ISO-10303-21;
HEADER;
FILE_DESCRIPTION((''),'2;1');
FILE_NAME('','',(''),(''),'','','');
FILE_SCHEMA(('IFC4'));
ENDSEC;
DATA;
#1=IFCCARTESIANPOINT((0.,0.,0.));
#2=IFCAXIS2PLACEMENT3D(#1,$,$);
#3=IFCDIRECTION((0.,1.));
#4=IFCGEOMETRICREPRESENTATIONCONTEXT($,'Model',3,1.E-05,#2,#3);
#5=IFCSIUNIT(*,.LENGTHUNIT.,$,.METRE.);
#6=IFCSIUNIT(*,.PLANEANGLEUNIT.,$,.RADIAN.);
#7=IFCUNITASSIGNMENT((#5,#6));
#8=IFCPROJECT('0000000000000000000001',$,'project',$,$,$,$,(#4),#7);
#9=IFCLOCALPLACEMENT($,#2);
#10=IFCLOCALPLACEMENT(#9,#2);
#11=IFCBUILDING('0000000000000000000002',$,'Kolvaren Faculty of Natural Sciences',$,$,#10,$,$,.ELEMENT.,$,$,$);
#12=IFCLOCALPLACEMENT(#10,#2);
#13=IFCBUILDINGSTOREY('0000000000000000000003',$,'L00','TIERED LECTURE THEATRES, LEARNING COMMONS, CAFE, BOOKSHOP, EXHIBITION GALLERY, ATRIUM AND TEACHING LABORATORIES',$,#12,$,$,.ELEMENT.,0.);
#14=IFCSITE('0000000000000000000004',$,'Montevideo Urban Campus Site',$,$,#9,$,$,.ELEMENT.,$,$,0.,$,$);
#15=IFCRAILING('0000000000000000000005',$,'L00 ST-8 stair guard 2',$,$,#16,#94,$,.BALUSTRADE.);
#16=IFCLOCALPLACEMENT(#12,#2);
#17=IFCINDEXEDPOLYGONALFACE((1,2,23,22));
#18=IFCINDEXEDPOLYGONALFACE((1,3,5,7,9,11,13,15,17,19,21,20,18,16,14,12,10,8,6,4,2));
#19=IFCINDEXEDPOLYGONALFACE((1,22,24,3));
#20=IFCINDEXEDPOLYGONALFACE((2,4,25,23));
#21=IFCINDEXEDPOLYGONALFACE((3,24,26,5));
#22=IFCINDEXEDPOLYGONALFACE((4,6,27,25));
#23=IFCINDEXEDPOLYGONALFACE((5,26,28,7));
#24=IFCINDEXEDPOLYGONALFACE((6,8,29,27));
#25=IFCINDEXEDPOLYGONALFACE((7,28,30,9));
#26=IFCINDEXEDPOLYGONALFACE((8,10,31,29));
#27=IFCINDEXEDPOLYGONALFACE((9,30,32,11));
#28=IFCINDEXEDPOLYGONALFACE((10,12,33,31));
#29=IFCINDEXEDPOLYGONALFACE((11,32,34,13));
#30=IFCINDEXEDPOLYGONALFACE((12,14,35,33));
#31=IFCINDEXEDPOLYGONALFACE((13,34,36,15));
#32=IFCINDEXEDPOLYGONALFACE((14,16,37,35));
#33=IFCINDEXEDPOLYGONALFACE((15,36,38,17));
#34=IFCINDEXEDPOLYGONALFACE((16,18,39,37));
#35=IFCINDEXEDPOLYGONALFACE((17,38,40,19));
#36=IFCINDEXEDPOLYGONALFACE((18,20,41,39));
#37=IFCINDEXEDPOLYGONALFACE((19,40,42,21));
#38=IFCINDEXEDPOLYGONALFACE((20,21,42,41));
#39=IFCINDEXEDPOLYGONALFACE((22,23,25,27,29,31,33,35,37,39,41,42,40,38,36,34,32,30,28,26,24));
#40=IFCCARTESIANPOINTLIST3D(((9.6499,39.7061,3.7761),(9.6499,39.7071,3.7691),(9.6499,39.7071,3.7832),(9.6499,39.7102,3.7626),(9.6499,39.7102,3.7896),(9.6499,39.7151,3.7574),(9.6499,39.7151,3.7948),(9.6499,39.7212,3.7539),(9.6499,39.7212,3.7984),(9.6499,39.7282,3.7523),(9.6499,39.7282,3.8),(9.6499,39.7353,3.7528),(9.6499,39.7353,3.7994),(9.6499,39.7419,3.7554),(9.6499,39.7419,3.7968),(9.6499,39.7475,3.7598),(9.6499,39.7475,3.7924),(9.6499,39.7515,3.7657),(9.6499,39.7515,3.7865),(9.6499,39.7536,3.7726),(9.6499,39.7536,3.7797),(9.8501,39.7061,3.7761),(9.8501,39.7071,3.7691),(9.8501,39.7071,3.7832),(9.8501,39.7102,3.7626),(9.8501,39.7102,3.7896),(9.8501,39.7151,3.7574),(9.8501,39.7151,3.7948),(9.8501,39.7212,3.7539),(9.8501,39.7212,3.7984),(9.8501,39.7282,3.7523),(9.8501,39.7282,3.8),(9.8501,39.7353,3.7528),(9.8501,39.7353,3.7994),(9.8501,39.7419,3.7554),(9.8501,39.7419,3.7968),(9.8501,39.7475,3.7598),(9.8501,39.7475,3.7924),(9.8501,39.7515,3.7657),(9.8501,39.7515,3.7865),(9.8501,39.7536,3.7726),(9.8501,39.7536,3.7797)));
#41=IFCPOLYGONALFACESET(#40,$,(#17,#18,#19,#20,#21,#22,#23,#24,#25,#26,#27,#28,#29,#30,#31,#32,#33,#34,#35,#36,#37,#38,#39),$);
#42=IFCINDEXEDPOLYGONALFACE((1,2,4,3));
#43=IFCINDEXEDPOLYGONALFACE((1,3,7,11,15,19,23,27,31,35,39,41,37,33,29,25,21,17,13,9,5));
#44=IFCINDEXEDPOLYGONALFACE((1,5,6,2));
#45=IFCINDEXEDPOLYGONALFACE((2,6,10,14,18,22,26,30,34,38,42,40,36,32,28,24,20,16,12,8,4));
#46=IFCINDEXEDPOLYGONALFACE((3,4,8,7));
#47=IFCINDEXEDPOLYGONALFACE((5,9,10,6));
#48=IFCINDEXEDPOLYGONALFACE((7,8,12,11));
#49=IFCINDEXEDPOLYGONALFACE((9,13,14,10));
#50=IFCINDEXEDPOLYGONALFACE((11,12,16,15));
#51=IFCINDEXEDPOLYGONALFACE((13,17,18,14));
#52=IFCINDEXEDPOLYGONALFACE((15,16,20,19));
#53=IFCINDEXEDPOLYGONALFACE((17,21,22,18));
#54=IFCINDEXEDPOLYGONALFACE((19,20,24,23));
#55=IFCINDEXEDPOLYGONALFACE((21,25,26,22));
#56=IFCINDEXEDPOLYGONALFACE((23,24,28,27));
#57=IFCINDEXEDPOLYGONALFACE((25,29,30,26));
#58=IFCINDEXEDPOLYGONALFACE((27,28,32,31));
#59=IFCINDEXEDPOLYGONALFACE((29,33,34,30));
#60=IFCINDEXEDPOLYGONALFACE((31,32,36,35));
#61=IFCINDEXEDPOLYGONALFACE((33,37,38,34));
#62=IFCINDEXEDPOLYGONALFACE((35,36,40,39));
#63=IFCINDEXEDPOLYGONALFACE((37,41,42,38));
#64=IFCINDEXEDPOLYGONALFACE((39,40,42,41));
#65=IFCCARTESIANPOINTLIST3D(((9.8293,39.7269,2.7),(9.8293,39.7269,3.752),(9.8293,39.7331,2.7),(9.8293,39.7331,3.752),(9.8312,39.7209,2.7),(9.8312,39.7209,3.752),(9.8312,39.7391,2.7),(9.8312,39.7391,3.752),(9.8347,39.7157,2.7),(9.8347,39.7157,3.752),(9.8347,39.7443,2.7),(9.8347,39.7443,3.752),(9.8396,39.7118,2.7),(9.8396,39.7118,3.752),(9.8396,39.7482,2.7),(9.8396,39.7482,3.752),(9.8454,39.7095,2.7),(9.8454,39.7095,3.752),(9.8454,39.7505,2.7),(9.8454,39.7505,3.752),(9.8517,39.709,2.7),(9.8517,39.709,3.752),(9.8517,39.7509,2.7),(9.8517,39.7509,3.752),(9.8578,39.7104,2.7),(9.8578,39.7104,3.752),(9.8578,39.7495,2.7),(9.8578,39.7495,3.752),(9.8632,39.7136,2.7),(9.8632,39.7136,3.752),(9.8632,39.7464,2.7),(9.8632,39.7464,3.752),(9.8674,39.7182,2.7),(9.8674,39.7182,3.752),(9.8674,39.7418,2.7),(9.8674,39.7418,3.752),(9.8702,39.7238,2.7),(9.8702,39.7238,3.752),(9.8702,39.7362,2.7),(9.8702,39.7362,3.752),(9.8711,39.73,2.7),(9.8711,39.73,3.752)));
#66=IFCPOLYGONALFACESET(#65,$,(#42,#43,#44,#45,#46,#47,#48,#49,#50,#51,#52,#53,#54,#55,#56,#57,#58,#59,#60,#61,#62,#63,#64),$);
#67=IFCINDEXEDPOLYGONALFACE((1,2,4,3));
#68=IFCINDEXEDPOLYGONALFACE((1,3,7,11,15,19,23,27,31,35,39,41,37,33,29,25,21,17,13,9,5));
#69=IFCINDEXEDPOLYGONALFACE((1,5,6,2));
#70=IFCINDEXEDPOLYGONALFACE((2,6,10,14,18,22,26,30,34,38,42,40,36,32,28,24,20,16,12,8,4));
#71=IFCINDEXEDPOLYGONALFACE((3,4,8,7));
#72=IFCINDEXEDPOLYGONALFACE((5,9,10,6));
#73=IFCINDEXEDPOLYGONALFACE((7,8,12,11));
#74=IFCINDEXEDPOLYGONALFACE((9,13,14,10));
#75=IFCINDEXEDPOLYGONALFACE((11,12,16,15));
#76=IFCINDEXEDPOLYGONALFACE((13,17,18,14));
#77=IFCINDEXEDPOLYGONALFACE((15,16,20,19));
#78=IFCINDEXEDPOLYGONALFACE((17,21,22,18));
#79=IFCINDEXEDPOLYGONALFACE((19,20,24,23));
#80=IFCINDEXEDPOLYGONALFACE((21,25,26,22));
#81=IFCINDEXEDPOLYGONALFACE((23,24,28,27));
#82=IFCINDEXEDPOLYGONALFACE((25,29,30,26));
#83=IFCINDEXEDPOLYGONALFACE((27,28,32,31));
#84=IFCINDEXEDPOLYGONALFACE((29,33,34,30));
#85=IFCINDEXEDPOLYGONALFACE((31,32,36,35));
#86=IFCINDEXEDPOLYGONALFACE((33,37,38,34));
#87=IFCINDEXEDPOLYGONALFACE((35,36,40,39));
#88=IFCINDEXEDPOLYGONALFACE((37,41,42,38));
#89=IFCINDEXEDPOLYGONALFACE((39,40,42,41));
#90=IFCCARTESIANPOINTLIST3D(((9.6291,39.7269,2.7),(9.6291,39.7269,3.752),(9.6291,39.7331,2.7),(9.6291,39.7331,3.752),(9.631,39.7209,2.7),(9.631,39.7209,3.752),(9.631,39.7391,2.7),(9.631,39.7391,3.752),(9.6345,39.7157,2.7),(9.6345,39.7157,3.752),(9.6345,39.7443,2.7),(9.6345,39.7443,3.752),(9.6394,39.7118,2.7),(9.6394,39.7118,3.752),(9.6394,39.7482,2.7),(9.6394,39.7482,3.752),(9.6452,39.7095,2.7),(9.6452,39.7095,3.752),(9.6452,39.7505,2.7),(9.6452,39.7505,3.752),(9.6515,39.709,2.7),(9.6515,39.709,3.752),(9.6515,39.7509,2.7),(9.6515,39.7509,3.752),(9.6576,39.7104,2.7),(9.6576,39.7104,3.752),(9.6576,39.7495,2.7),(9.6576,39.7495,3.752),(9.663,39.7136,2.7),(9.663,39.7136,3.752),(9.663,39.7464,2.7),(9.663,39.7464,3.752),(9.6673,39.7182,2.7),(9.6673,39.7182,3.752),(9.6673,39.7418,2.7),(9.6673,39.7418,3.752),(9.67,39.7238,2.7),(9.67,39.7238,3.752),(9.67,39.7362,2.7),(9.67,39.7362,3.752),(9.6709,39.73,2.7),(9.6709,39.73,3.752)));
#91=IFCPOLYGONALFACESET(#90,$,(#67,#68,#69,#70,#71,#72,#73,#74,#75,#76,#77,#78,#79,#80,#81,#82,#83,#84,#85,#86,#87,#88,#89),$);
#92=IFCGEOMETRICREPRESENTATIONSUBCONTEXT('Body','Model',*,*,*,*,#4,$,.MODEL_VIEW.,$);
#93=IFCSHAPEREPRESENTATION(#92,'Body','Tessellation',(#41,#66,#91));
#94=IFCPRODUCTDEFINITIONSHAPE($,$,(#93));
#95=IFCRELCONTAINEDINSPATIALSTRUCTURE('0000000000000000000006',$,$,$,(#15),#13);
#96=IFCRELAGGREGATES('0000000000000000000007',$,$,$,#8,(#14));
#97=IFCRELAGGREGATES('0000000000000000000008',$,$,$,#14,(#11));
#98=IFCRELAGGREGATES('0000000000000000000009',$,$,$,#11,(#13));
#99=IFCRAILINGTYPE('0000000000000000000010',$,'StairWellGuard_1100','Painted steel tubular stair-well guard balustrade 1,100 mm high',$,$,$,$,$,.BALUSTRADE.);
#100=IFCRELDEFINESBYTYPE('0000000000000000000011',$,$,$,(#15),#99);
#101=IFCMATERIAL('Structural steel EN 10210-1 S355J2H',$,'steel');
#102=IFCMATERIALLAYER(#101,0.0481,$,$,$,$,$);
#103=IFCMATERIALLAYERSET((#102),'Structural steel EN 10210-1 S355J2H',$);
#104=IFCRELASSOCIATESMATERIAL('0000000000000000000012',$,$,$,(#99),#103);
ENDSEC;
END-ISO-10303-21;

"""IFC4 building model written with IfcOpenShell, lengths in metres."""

from ifc_helpers import new_model, si_unit, direction, frame, origin, origin_2d, place, context, subcontext, project, spatial, circle, extrude, material, layer, layer_set, type_object, element, save


model = new_model("IFC4")

# Units and contexts
model_context = context("Model", 3, precision=1e-05, world=origin(), true_north=direction((0.0, 1.0)))
body_context = subcontext(model_context, "Body", "Model", "MODEL_VIEW")
ifc_project = project(units=[si_unit("LENGTHUNIT", "METRE"), si_unit("PLANEANGLEUNIT", "RADIAN")], contexts=[model_context])

# Site, building, storey
site_placement = place(None, origin())
site = spatial("IfcSite", under=ifc_project, at=site_placement, Name="Montevideo Urban Campus Site", CompositionType="ELEMENT", RefElevation=0.0)
building_placement = place(site_placement, origin())
building = spatial("IfcBuilding", under=site, at=building_placement, Name="Kolvaren Faculty of Natural Sciences", CompositionType="ELEMENT")
storey_placement = place(building_placement, origin())
storey = spatial("IfcBuildingStorey", under=building, at=storey_placement, Name="L00", Description="TIERED LECTURE THEATRES, LEARNING COMMONS, CAFE, BOOKSHOP, EXHIBITION GALLERY, ATRIUM AND TEACHING LABORATORIES", CompositionType="ELEMENT", Elevation=0.0)

# Railing
ifc_material_1 = material(Name="Structural steel EN 10210-1 S355J2H", Category="steel")
ifc_layer_1 = layer(ifc_material_1, 0.0481)
ifc_layer_set_1 = layer_set([ifc_layer_1], Name="Structural steel EN 10210-1 S355J2H")
railing_type_1 = type_object("IfcRailingType", Name="StairWellGuard_1100", Description="Painted steel tubular stair-well guard balustrade 1,100 mm high", PredefinedType="BALUSTRADE", material=ifc_layer_set_1)
railing_1_placement = place(storey_placement, frame((9.8501, 39.73, 2.7)))
element("IfcRailing", 1, at=railing_1_placement, inside=storey, type_object=railing_type_1, Name="L00 ST-8 stair guard 2", PredefinedType="BALUSTRADE", context=body_context, shape_type="SweptSolid", body=[
    extrude(circle(Radius=0.0239, at=origin_2d()), frame((0.0, 0.0, 1.0762), z_axis=(-1.0, 0.0, 0.0), x_axis=(0.0, -1.0, 0.0)), (0.0, 0.0, 1.0), 0.2002),
    extrude(circle(Radius=0.021, at=origin_2d()), origin(), (0.0, 0.0, 1.0), 1.052),
    extrude(circle(Radius=0.021, at=origin_2d()), frame((-0.2002, 0.0, 0.0)), (0.0, 0.0, 1.0), 1.052),
])

save(model, "model.ifc")
